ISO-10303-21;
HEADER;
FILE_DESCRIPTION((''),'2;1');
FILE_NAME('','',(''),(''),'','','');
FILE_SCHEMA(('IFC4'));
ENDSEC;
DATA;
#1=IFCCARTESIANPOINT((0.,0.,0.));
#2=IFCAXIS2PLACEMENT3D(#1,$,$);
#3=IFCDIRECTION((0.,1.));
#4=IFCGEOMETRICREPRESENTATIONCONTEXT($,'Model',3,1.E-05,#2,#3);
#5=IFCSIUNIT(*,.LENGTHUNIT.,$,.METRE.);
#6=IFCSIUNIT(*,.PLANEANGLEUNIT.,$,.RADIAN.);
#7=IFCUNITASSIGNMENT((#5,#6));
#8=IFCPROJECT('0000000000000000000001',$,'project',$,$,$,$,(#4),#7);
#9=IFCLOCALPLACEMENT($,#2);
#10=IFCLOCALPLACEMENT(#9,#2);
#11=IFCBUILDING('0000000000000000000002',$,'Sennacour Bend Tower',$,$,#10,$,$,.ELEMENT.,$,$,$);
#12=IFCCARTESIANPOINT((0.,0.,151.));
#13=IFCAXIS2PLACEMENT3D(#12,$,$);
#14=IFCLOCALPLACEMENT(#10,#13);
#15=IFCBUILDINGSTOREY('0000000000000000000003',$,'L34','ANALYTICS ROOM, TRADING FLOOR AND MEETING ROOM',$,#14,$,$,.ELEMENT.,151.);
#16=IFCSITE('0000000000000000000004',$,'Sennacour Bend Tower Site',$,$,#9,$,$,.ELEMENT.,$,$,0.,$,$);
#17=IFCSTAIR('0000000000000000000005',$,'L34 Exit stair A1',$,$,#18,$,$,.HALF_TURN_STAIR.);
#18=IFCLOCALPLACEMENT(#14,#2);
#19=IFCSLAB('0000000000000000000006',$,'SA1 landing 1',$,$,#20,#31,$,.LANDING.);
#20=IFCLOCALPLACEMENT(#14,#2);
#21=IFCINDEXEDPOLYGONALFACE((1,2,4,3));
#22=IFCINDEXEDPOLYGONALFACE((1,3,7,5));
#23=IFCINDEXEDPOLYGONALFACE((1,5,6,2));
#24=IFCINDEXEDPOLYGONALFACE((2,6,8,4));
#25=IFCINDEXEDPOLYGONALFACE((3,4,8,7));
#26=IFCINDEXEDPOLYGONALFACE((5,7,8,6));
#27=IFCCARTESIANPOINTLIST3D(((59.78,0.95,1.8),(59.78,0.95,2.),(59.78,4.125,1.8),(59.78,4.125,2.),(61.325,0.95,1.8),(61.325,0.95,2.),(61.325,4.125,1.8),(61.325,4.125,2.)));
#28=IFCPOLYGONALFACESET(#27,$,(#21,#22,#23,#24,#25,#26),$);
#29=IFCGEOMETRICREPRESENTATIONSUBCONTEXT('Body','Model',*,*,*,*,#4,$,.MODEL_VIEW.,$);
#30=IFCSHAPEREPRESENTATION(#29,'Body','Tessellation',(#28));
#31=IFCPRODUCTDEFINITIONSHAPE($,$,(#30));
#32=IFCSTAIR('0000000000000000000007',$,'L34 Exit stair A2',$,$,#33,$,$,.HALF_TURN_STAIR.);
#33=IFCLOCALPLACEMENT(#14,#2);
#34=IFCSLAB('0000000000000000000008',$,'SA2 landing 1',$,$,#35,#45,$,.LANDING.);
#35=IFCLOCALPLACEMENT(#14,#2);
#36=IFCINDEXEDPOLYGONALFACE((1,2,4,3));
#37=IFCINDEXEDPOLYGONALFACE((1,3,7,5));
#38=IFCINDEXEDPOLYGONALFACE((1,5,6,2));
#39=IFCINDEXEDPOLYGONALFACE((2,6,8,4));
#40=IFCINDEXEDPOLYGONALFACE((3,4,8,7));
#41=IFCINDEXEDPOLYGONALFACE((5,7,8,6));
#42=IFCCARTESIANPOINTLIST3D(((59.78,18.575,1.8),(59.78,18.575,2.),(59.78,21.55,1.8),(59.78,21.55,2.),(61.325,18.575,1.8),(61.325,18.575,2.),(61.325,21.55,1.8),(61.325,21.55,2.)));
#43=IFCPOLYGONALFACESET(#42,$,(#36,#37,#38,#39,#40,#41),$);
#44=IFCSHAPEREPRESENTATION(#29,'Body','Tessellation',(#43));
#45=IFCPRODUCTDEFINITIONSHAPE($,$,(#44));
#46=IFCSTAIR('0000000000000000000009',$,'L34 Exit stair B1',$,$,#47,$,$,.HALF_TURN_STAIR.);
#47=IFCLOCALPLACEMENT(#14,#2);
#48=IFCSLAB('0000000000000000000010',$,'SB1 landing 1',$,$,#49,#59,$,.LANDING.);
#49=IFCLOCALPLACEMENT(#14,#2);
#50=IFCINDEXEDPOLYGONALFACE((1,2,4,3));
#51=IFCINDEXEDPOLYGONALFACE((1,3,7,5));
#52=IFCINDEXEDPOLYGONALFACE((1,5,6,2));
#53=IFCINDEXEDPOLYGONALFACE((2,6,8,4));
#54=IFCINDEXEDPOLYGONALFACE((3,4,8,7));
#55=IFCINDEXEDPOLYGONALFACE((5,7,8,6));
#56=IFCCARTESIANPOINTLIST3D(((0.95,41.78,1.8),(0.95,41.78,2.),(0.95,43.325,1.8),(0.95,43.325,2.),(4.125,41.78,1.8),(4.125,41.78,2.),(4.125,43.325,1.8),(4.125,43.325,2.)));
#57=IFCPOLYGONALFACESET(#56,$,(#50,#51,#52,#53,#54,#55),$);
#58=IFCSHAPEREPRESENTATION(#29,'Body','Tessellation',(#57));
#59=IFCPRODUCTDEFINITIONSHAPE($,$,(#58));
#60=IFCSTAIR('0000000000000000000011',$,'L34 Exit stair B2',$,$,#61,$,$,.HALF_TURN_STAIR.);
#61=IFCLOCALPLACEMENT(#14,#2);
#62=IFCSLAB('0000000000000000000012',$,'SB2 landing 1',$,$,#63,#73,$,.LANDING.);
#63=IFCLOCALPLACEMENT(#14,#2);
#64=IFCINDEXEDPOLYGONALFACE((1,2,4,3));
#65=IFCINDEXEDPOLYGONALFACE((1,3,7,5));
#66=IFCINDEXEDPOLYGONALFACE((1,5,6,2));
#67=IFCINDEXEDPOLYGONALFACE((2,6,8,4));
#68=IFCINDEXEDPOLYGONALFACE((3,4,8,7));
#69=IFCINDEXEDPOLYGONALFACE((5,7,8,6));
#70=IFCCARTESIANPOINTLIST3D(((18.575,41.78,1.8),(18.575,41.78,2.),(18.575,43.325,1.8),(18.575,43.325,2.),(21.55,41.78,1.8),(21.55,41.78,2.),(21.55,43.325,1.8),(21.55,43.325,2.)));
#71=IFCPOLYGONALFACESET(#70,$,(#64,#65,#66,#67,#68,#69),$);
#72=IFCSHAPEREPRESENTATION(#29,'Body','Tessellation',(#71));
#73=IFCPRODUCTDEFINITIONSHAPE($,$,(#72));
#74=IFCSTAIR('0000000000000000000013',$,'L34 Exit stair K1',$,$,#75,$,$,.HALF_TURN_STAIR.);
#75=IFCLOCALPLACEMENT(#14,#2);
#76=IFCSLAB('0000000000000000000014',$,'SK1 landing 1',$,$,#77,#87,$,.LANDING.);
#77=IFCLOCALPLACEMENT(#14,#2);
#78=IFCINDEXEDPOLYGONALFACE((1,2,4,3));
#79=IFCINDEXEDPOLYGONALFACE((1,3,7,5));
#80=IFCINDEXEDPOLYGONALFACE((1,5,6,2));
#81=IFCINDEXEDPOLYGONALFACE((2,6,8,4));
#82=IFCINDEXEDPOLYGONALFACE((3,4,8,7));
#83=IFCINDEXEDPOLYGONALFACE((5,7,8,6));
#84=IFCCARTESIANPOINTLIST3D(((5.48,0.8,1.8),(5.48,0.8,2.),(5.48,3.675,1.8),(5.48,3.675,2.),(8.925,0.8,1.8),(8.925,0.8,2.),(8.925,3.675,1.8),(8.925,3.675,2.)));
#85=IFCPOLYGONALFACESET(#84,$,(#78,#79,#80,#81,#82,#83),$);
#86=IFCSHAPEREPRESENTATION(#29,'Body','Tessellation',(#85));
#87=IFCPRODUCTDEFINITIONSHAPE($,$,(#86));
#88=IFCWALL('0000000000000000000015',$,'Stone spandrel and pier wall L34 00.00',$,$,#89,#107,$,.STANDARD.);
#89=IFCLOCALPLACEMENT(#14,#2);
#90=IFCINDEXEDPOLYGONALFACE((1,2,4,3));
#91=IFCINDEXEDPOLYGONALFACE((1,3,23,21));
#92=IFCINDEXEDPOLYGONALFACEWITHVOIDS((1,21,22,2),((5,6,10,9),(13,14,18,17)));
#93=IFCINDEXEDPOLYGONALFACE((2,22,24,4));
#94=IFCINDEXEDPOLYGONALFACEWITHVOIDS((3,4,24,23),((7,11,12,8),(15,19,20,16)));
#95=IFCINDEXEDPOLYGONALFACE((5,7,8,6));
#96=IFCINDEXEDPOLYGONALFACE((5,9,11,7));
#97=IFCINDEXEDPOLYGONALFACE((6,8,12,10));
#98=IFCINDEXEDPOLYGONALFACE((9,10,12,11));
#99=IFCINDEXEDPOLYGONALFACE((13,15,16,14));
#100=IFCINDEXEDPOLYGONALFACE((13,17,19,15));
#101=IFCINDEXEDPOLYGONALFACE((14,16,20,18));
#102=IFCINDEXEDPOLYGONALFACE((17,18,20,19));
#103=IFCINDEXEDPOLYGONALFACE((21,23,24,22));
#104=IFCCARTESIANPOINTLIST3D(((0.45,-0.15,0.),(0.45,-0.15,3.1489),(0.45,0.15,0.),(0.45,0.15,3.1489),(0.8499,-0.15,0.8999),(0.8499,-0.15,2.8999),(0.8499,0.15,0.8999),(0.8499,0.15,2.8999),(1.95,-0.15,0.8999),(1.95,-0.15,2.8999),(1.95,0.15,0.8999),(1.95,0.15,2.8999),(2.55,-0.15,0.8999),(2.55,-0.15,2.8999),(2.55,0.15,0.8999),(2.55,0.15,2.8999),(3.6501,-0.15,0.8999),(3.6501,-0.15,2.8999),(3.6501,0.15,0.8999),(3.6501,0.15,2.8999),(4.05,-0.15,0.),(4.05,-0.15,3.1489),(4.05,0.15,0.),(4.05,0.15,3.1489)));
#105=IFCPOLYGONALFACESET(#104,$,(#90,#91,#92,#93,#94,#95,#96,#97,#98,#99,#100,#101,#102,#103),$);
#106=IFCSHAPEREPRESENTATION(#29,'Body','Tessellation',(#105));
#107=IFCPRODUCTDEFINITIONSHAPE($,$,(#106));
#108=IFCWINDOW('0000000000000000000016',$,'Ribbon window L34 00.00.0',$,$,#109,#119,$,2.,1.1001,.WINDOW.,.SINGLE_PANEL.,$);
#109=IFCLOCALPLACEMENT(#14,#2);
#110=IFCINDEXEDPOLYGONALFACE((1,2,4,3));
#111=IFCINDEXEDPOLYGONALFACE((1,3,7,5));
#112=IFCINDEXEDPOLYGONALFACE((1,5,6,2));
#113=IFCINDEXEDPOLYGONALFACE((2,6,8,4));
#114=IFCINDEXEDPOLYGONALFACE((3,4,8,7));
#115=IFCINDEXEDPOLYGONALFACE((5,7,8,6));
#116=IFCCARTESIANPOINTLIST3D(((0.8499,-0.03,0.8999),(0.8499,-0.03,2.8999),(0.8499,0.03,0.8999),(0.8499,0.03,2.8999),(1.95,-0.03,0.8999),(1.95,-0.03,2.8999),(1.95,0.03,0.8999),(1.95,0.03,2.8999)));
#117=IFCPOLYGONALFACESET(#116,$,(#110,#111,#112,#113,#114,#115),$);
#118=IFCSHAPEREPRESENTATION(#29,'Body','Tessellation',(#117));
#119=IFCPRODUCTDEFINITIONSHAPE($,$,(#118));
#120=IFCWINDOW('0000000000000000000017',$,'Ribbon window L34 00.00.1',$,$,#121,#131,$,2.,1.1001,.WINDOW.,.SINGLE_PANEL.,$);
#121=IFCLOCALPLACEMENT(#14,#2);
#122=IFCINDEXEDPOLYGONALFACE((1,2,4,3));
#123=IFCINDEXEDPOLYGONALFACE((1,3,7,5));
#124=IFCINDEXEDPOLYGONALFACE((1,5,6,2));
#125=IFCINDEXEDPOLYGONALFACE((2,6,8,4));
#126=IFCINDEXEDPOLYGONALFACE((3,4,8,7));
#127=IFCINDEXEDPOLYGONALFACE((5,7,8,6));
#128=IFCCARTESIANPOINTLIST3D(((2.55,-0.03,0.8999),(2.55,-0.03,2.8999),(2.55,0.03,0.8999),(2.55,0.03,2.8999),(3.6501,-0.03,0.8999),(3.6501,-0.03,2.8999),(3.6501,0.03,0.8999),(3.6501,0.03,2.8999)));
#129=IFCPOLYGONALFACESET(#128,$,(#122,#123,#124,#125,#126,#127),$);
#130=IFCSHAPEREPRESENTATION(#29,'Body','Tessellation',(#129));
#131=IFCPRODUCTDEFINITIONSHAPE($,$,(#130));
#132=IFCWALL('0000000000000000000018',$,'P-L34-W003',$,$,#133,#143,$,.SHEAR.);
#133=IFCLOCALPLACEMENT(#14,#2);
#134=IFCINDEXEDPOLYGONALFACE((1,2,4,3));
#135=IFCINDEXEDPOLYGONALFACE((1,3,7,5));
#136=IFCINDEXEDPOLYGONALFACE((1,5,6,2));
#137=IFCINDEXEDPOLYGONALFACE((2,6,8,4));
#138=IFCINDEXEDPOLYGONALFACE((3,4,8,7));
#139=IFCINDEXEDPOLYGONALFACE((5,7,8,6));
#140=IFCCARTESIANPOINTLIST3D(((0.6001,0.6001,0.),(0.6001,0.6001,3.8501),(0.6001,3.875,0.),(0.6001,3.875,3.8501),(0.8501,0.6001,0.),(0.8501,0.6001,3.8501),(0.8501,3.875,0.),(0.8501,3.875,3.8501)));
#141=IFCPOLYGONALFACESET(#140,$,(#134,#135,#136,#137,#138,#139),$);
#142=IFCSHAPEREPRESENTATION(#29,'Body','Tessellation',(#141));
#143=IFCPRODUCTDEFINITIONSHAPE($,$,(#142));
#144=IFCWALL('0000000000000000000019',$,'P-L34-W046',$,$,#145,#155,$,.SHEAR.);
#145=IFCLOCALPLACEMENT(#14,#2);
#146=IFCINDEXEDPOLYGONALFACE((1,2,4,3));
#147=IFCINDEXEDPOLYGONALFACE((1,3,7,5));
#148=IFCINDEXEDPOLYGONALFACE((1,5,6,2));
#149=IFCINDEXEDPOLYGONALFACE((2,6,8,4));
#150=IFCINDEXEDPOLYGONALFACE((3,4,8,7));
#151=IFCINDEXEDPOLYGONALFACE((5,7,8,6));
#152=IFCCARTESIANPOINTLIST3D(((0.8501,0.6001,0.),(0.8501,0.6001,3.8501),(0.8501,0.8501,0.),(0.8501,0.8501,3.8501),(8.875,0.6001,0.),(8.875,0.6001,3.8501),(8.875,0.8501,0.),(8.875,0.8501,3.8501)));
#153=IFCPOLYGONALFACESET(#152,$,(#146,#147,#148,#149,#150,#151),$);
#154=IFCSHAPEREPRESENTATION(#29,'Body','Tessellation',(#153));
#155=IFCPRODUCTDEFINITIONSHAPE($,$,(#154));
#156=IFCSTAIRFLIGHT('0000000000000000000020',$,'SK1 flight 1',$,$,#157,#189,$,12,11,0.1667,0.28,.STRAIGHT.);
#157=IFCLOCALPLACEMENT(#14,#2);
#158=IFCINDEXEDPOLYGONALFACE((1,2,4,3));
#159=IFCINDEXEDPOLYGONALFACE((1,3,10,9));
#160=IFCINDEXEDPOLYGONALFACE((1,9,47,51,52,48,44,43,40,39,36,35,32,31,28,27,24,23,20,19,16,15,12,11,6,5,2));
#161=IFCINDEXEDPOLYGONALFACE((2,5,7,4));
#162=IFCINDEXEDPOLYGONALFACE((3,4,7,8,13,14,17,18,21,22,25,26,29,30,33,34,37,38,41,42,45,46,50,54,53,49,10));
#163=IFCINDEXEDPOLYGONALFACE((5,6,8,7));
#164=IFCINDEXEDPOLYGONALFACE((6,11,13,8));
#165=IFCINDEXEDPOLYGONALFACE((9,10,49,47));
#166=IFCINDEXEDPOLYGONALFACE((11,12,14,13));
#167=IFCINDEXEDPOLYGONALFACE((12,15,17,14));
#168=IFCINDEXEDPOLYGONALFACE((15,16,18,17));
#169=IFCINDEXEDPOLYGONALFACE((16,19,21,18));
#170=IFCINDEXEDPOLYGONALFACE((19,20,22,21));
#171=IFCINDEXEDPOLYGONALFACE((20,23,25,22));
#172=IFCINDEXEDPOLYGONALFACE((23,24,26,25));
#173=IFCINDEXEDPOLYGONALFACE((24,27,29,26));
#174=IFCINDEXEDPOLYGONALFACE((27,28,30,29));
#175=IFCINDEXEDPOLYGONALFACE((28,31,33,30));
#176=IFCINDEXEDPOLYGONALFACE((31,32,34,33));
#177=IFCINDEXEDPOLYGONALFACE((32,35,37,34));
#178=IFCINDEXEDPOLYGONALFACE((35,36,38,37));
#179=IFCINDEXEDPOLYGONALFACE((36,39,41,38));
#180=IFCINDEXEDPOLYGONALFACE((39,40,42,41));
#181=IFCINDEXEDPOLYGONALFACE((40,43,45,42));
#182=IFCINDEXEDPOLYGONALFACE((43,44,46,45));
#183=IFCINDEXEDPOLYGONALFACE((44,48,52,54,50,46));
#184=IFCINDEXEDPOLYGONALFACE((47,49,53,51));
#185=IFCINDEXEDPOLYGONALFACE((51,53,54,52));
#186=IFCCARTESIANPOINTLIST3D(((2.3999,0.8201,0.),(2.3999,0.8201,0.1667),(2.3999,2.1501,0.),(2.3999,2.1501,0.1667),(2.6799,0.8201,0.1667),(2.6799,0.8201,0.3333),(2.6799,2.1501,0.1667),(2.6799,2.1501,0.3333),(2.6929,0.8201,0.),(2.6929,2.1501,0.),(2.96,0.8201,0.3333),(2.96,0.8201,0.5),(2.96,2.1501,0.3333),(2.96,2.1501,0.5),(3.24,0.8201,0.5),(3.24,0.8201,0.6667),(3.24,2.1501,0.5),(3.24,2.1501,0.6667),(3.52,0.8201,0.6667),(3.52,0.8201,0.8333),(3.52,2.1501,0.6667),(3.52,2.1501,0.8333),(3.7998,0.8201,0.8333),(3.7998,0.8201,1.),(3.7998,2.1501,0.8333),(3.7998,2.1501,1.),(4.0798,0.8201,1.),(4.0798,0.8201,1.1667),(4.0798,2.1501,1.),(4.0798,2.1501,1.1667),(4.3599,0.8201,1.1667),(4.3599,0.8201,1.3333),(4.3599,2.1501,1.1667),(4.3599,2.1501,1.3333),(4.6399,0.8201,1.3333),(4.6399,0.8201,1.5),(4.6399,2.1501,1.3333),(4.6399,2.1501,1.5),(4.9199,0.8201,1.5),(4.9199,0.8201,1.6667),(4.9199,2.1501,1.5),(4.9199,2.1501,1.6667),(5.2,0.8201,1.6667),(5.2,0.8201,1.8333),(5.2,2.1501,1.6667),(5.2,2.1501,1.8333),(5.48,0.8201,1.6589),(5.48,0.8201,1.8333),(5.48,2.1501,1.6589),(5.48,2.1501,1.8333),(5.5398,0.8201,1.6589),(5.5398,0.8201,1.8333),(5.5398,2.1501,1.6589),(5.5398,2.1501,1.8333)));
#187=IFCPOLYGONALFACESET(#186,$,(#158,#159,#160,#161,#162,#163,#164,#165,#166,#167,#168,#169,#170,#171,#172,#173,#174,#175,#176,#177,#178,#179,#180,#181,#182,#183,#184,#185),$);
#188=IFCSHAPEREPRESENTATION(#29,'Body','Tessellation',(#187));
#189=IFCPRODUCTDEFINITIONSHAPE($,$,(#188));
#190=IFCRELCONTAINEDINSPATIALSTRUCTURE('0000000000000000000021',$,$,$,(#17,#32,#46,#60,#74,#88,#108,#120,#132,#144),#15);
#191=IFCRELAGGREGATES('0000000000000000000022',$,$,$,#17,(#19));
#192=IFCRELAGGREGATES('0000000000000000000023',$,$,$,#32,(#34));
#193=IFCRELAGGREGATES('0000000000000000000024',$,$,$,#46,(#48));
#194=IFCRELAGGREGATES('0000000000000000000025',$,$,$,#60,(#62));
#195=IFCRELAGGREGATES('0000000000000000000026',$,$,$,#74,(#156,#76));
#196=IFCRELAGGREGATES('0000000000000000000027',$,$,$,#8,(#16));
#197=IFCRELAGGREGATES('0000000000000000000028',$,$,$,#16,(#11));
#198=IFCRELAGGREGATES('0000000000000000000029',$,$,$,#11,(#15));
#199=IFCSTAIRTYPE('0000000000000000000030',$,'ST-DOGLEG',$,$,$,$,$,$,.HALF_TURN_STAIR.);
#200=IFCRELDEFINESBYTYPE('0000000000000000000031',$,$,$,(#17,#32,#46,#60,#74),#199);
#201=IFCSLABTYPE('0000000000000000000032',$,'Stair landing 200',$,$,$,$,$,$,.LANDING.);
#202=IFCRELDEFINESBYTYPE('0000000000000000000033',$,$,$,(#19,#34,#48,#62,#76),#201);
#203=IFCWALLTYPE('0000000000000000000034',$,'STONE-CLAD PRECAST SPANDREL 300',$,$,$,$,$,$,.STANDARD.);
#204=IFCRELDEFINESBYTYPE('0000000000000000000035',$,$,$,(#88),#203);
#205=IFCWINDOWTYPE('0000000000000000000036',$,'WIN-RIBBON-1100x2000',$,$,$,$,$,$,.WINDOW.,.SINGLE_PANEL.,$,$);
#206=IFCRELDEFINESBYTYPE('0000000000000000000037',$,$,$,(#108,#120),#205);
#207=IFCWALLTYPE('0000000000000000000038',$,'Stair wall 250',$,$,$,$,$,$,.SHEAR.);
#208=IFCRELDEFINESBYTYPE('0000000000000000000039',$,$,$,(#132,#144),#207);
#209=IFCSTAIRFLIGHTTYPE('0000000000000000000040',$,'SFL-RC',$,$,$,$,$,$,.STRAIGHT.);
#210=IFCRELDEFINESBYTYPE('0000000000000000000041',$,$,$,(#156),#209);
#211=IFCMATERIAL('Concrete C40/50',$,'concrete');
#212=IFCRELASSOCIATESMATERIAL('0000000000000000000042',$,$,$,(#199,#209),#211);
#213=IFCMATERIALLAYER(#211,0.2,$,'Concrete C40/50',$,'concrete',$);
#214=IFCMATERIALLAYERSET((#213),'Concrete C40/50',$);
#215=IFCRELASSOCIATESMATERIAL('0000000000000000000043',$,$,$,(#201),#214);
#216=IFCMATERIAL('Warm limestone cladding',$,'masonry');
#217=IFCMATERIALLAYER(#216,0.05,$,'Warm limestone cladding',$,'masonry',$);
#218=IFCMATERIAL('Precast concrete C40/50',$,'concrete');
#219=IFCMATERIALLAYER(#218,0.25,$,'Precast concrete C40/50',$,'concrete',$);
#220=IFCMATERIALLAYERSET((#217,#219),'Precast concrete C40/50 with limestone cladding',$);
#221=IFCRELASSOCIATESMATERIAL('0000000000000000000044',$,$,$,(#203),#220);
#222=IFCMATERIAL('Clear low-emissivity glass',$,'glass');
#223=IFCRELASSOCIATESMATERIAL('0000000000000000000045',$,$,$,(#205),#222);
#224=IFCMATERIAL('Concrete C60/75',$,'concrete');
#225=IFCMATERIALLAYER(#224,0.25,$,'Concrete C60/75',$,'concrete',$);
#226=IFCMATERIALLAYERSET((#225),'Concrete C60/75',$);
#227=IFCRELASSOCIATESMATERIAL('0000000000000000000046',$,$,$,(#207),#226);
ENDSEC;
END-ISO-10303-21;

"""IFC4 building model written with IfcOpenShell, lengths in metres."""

from ifc_helpers import new_model, si_unit, direction, frame, frame_2d, origin, place, context, subcontext, project, spatial, polyline, rectangle, outline, extrude, material, layer, layer_set, type_object, element, fill, aggregate, save


model = new_model("IFC4")

# Units and contexts
model_context = context("Model", 3, precision=1e-05, world=origin(), true_north=direction((0.0, 1.0)))
body_context = subcontext(model_context, "Body", "Model", "MODEL_VIEW")
ifc_project = project(units=[si_unit("LENGTHUNIT", "METRE"), si_unit("PLANEANGLEUNIT", "RADIAN")], contexts=[model_context])

# Site, building, storey
site_placement = place(None, origin())
site = spatial("IfcSite", under=ifc_project, at=site_placement, Name="Sennacour Bend Tower Site", CompositionType="ELEMENT", RefElevation=0.0)
building_placement = place(site_placement, origin())
building = spatial("IfcBuilding", under=site, at=building_placement, Name="Sennacour Bend Tower", CompositionType="ELEMENT")
storey_placement = place(building_placement, frame((0.0, 0.0, 151.0)))
storey = spatial("IfcBuildingStorey", under=building, at=storey_placement, Name="L34", Description="ANALYTICS ROOM, TRADING FLOOR AND MEETING ROOM", CompositionType="ELEMENT", Elevation=151.0)

# Shared definitions
ifc_material_1 = material(Name="Concrete C40/50", Category="concrete")

# Stairs, slabs
stair_type = type_object("IfcStairType", Name="ST-DOGLEG", PredefinedType="HALF_TURN_STAIR", material=ifc_material_1)
stair_1_placement = place(storey_placement, origin())
stair_1 = element("IfcStair", 1, at=stair_1_placement, inside=storey, type_object=stair_type, Name="L34 Exit stair A1", PredefinedType="HALF_TURN_STAIR")
ifc_layer_1 = layer(ifc_material_1, 0.2, Name="Concrete C40/50", Category="concrete")
ifc_layer_set_1 = layer_set([ifc_layer_1], Name="Concrete C40/50")
slab_type_1 = type_object("IfcSlabType", Name="Stair landing 200", PredefinedType="LANDING", material=ifc_layer_set_1)
slab_1_placement = place(storey_placement, frame((0.0, 0.0, 1.8)))
slab_1 = element("IfcSlab", 2, at=slab_1_placement, type_object=slab_type_1, Name="SA1 landing 1", PredefinedType="LANDING", context=body_context, shape_type="SweptSolid", body=[
    extrude(outline(polyline([(59.78, 0.95), (61.325, 0.95), (61.325, 4.125), (59.78, 4.125), (59.78, 0.95)])), origin(), (0.0, 0.0, 1.0), 0.2),
])
aggregate(stair_1, [slab_1])
stair_2_placement = place(storey_placement, origin())
stair_2 = element("IfcStair", 3, at=stair_2_placement, inside=storey, type_object=stair_type, Name="L34 Exit stair A2", PredefinedType="HALF_TURN_STAIR")
slab_2_placement = place(storey_placement, frame((0.0, 0.0, 1.8)))
slab_2 = element("IfcSlab", 4, at=slab_2_placement, type_object=slab_type_1, Name="SA2 landing 1", PredefinedType="LANDING", context=body_context, shape_type="SweptSolid", body=[
    extrude(outline(polyline([(59.78, 18.575), (61.325, 18.575), (61.325, 21.55), (59.78, 21.55), (59.78, 18.575)])), origin(), (0.0, 0.0, 1.0), 0.2),
])
aggregate(stair_2, [slab_2])
stair_3_placement = place(storey_placement, origin())
stair_3 = element("IfcStair", 5, at=stair_3_placement, inside=storey, type_object=stair_type, Name="L34 Exit stair B1", PredefinedType="HALF_TURN_STAIR")
slab_3_placement = place(storey_placement, frame((0.0, 0.0, 1.8)))
slab_3 = element("IfcSlab", 6, at=slab_3_placement, type_object=slab_type_1, Name="SB1 landing 1", PredefinedType="LANDING", context=body_context, shape_type="SweptSolid", body=[
    extrude(outline(polyline([(0.95, 41.78), (4.125, 41.78), (4.125, 43.325), (0.95, 43.325), (0.95, 41.78)])), origin(), (0.0, 0.0, 1.0), 0.2),
])
aggregate(stair_3, [slab_3])
stair_4_placement = place(storey_placement, origin())
stair_4 = element("IfcStair", 7, at=stair_4_placement, inside=storey, type_object=stair_type, Name="L34 Exit stair B2", PredefinedType="HALF_TURN_STAIR")
slab_4_placement = place(storey_placement, frame((0.0, 0.0, 1.8)))
slab_4 = element("IfcSlab", 8, at=slab_4_placement, type_object=slab_type_1, Name="SB2 landing 1", PredefinedType="LANDING", context=body_context, shape_type="SweptSolid", body=[
    extrude(outline(polyline([(18.575, 41.78), (21.55, 41.78), (21.55, 43.325), (18.575, 43.325), (18.575, 41.78)])), origin(), (0.0, 0.0, 1.0), 0.2),
])
aggregate(stair_4, [slab_4])
stair_5_placement = place(storey_placement, origin())
stair_5 = element("IfcStair", 9, at=stair_5_placement, inside=storey, type_object=stair_type, Name="L34 Exit stair K1", PredefinedType="HALF_TURN_STAIR")
slab_5_placement = place(storey_placement, frame((0.0, 0.0, 1.8)))
slab_5 = element("IfcSlab", 10, at=slab_5_placement, type_object=slab_type_1, Name="SK1 landing 1", PredefinedType="LANDING", context=body_context, shape_type="SweptSolid", body=[
    extrude(outline(polyline([(5.48, 0.8), (8.925, 0.8), (8.925, 3.675), (5.48, 3.675), (5.48, 0.8)])), origin(), (0.0, 0.0, 1.0), 0.2),
])

# Wall, openings, windows
ifc_material_2 = material(Name="Warm limestone cladding", Category="masonry")
ifc_layer_2 = layer(ifc_material_2, 0.05, Name="Warm limestone cladding", Category="masonry")
ifc_material_3 = material(Name="Precast concrete C40/50", Category="concrete")
ifc_layer_3 = layer(ifc_material_3, 0.25, Name="Precast concrete C40/50", Category="concrete")
ifc_layer_set_2 = layer_set([ifc_layer_2, ifc_layer_3], Name="Precast concrete C40/50 with limestone cladding")
wall_type_1 = type_object("IfcWallType", Name="STONE-CLAD PRECAST SPANDREL 300", PredefinedType="STANDARD", material=ifc_layer_set_2)
wall_1_placement = place(storey_placement, frame((0.45, 0.0, 0.0), z_axis=(0.0, 0.0, 1.0), x_axis=(1.0, 0.0, 0.0)))
wall_1 = element("IfcWall", 11, at=wall_1_placement, inside=storey, type_object=wall_type_1, Name="Stone spandrel and pier wall L34 00.00", PredefinedType="STANDARD", context=body_context, shape_type="SweptSolid", body=[
    extrude(rectangle(XDim=3.6001, YDim=0.3, at=frame_2d((1.8, 0.0))), origin(), (0.0, 0.0, 1.0), 3.1489),
])
opening_1_placement = place(wall_1_placement, frame((0.3999, 0.0, 0.8999)))
opening_1 = element("IfcOpeningElement", 12, at=opening_1_placement, cuts=wall_1, PredefinedType="OPENING", context=body_context, shape_type="SweptSolid", body=[
    extrude(rectangle(XDim=1.1001, YDim=2.0, at=frame_2d((0.55, 1.0))), frame((0.0, 0.1602, 0.0), z_axis=(0.0, -1.0, 0.0), x_axis=(1.0, 0.0, 0.0)), (0.0, 0.0, 1.0), 0.3201),
])
opening_2_placement = place(wall_1_placement, frame((2.1001, 0.0, 0.8999)))
opening_2 = element("IfcOpeningElement", 13, at=opening_2_placement, cuts=wall_1, PredefinedType="OPENING", context=body_context, shape_type="SweptSolid", body=[
    extrude(rectangle(XDim=1.1001, YDim=2.0, at=frame_2d((0.55, 1.0))), frame((0.0, 0.1602, 0.0), z_axis=(0.0, -1.0, 0.0), x_axis=(1.0, 0.0, 0.0)), (0.0, 0.0, 1.0), 0.3201),
])
ifc_material_4 = material(Name="Clear low-emissivity glass", Category="glass")
window_type = type_object("IfcWindowType", Name="WIN-RIBBON-1100x2000", PartitioningType="SINGLE_PANEL", PredefinedType="WINDOW", material=ifc_material_4)
window_1_placement = place(opening_1_placement, origin())
window_1 = element("IfcWindow", 14, at=window_1_placement, inside=storey, type_object=window_type, Name="Ribbon window L34 00.00.0", OverallHeight=2.0, OverallWidth=1.1001, PartitioningType="SINGLE_PANEL", PredefinedType="WINDOW", context=body_context, shape_type="SweptSolid", body=[
    extrude(rectangle(XDim=1.1001, YDim=2.0, at=frame_2d((0.55, 1.0))), frame((0.0, 0.03, 0.0), z_axis=(0.0, -1.0, 0.0), x_axis=(1.0, 0.0, 0.0)), (0.0, 0.0, 1.0), 0.0601),
])
fill(opening_1, window_1)
window_2_placement = place(opening_2_placement, origin())
window_2 = element("IfcWindow", 15, at=window_2_placement, inside=storey, type_object=window_type, Name="Ribbon window L34 00.00.1", OverallHeight=2.0, OverallWidth=1.1001, PartitioningType="SINGLE_PANEL", PredefinedType="WINDOW", context=body_context, shape_type="SweptSolid", body=[
    extrude(rectangle(XDim=1.1001, YDim=2.0, at=frame_2d((0.55, 1.0))), frame((0.0, 0.03, 0.0), z_axis=(0.0, -1.0, 0.0), x_axis=(1.0, 0.0, 0.0)), (0.0, 0.0, 1.0), 0.0601),
])
fill(opening_2, window_2)

# Walls
ifc_material_5 = material(Name="Concrete C60/75", Category="concrete")
ifc_layer_4 = layer(ifc_material_5, 0.25, Name="Concrete C60/75", Category="concrete")
ifc_layer_set_3 = layer_set([ifc_layer_4], Name="Concrete C60/75")
wall_type_2 = type_object("IfcWallType", Name="Stair wall 250", PredefinedType="SHEAR", material=ifc_layer_set_3)
wall_2_placement = place(storey_placement, frame((0.7251, 0.6001, 0.0), z_axis=(0.0, 0.0, 1.0), x_axis=(0.0, 1.0, 0.0)))
element("IfcWall", 16, at=wall_2_placement, inside=storey, type_object=wall_type_2, Name="P-L34-W003", PredefinedType="SHEAR", context=body_context, shape_type="SweptSolid", body=[
    extrude(rectangle(XDim=3.2749, YDim=0.25, at=frame_2d((1.6375, 0.0))), origin(), (0.0, 0.0, 1.0), 3.8501),
])
wall_3_placement = place(storey_placement, frame((0.8501, 0.7251, 0.0), z_axis=(0.0, 0.0, 1.0), x_axis=(1.0, 0.0, 0.0)))
element("IfcWall", 17, at=wall_3_placement, inside=storey, type_object=wall_type_2, Name="P-L34-W046", PredefinedType="SHEAR", context=body_context, shape_type="SweptSolid", body=[
    extrude(rectangle(XDim=8.0249, YDim=0.25, at=frame_2d((4.0125, 0.0))), origin(), (0.0, 0.0, 1.0), 3.8501),
])

# Stair flight
stair_flight_type = type_object("IfcStairFlightType", Name="SFL-RC", PredefinedType="STRAIGHT", material=ifc_material_1)
stair_flight_placement = place(storey_placement, frame((2.3999, 1.4851, 0.0), z_axis=(0.0, 0.0, 1.0), x_axis=(1.0, 0.0, 0.0)))
stair_flight = element("IfcStairFlight", 18, at=stair_flight_placement, type_object=stair_flight_type, Name="SK1 flight 1", NumberOfRisers=12, NumberOfTreads=11, PredefinedType="STRAIGHT", RiserHeight=0.1667, TreadLength=0.28, context=body_context, shape_type="SweptSolid", body=[
    extrude(outline(polyline([(0.0, 0.0), (0.0, 0.1667), (0.28, 0.1667), (0.28, 0.3333), (0.5601, 0.3333), (0.5601, 0.5), (0.8401, 0.5), (0.8401, 0.6667), (1.1201, 0.6667), (1.1201, 0.8333), (1.3999, 0.8333), (1.3999, 1.0), (1.6799, 1.0), (1.6799, 1.1667), (1.96, 1.1667), (1.96, 1.3333), (2.24, 1.3333), (2.24, 1.5), (2.52, 1.5), (2.52, 1.6667), (2.8, 1.6667), (2.8, 1.8333), (3.0801, 1.8333), (3.1399, 1.8333), (3.1399, 1.6589), (3.0801, 1.6589), (0.293, 0.0), (0.0, 0.0)])), frame((0.0, 0.665, 0.0), z_axis=(0.0, -1.0, 0.0), x_axis=(1.0, 0.0, 0.0)), (0.0, 0.0, 1.0), 1.3301),
])
aggregate(stair_5, [stair_flight, slab_5])

save(model, "model.ifc")
